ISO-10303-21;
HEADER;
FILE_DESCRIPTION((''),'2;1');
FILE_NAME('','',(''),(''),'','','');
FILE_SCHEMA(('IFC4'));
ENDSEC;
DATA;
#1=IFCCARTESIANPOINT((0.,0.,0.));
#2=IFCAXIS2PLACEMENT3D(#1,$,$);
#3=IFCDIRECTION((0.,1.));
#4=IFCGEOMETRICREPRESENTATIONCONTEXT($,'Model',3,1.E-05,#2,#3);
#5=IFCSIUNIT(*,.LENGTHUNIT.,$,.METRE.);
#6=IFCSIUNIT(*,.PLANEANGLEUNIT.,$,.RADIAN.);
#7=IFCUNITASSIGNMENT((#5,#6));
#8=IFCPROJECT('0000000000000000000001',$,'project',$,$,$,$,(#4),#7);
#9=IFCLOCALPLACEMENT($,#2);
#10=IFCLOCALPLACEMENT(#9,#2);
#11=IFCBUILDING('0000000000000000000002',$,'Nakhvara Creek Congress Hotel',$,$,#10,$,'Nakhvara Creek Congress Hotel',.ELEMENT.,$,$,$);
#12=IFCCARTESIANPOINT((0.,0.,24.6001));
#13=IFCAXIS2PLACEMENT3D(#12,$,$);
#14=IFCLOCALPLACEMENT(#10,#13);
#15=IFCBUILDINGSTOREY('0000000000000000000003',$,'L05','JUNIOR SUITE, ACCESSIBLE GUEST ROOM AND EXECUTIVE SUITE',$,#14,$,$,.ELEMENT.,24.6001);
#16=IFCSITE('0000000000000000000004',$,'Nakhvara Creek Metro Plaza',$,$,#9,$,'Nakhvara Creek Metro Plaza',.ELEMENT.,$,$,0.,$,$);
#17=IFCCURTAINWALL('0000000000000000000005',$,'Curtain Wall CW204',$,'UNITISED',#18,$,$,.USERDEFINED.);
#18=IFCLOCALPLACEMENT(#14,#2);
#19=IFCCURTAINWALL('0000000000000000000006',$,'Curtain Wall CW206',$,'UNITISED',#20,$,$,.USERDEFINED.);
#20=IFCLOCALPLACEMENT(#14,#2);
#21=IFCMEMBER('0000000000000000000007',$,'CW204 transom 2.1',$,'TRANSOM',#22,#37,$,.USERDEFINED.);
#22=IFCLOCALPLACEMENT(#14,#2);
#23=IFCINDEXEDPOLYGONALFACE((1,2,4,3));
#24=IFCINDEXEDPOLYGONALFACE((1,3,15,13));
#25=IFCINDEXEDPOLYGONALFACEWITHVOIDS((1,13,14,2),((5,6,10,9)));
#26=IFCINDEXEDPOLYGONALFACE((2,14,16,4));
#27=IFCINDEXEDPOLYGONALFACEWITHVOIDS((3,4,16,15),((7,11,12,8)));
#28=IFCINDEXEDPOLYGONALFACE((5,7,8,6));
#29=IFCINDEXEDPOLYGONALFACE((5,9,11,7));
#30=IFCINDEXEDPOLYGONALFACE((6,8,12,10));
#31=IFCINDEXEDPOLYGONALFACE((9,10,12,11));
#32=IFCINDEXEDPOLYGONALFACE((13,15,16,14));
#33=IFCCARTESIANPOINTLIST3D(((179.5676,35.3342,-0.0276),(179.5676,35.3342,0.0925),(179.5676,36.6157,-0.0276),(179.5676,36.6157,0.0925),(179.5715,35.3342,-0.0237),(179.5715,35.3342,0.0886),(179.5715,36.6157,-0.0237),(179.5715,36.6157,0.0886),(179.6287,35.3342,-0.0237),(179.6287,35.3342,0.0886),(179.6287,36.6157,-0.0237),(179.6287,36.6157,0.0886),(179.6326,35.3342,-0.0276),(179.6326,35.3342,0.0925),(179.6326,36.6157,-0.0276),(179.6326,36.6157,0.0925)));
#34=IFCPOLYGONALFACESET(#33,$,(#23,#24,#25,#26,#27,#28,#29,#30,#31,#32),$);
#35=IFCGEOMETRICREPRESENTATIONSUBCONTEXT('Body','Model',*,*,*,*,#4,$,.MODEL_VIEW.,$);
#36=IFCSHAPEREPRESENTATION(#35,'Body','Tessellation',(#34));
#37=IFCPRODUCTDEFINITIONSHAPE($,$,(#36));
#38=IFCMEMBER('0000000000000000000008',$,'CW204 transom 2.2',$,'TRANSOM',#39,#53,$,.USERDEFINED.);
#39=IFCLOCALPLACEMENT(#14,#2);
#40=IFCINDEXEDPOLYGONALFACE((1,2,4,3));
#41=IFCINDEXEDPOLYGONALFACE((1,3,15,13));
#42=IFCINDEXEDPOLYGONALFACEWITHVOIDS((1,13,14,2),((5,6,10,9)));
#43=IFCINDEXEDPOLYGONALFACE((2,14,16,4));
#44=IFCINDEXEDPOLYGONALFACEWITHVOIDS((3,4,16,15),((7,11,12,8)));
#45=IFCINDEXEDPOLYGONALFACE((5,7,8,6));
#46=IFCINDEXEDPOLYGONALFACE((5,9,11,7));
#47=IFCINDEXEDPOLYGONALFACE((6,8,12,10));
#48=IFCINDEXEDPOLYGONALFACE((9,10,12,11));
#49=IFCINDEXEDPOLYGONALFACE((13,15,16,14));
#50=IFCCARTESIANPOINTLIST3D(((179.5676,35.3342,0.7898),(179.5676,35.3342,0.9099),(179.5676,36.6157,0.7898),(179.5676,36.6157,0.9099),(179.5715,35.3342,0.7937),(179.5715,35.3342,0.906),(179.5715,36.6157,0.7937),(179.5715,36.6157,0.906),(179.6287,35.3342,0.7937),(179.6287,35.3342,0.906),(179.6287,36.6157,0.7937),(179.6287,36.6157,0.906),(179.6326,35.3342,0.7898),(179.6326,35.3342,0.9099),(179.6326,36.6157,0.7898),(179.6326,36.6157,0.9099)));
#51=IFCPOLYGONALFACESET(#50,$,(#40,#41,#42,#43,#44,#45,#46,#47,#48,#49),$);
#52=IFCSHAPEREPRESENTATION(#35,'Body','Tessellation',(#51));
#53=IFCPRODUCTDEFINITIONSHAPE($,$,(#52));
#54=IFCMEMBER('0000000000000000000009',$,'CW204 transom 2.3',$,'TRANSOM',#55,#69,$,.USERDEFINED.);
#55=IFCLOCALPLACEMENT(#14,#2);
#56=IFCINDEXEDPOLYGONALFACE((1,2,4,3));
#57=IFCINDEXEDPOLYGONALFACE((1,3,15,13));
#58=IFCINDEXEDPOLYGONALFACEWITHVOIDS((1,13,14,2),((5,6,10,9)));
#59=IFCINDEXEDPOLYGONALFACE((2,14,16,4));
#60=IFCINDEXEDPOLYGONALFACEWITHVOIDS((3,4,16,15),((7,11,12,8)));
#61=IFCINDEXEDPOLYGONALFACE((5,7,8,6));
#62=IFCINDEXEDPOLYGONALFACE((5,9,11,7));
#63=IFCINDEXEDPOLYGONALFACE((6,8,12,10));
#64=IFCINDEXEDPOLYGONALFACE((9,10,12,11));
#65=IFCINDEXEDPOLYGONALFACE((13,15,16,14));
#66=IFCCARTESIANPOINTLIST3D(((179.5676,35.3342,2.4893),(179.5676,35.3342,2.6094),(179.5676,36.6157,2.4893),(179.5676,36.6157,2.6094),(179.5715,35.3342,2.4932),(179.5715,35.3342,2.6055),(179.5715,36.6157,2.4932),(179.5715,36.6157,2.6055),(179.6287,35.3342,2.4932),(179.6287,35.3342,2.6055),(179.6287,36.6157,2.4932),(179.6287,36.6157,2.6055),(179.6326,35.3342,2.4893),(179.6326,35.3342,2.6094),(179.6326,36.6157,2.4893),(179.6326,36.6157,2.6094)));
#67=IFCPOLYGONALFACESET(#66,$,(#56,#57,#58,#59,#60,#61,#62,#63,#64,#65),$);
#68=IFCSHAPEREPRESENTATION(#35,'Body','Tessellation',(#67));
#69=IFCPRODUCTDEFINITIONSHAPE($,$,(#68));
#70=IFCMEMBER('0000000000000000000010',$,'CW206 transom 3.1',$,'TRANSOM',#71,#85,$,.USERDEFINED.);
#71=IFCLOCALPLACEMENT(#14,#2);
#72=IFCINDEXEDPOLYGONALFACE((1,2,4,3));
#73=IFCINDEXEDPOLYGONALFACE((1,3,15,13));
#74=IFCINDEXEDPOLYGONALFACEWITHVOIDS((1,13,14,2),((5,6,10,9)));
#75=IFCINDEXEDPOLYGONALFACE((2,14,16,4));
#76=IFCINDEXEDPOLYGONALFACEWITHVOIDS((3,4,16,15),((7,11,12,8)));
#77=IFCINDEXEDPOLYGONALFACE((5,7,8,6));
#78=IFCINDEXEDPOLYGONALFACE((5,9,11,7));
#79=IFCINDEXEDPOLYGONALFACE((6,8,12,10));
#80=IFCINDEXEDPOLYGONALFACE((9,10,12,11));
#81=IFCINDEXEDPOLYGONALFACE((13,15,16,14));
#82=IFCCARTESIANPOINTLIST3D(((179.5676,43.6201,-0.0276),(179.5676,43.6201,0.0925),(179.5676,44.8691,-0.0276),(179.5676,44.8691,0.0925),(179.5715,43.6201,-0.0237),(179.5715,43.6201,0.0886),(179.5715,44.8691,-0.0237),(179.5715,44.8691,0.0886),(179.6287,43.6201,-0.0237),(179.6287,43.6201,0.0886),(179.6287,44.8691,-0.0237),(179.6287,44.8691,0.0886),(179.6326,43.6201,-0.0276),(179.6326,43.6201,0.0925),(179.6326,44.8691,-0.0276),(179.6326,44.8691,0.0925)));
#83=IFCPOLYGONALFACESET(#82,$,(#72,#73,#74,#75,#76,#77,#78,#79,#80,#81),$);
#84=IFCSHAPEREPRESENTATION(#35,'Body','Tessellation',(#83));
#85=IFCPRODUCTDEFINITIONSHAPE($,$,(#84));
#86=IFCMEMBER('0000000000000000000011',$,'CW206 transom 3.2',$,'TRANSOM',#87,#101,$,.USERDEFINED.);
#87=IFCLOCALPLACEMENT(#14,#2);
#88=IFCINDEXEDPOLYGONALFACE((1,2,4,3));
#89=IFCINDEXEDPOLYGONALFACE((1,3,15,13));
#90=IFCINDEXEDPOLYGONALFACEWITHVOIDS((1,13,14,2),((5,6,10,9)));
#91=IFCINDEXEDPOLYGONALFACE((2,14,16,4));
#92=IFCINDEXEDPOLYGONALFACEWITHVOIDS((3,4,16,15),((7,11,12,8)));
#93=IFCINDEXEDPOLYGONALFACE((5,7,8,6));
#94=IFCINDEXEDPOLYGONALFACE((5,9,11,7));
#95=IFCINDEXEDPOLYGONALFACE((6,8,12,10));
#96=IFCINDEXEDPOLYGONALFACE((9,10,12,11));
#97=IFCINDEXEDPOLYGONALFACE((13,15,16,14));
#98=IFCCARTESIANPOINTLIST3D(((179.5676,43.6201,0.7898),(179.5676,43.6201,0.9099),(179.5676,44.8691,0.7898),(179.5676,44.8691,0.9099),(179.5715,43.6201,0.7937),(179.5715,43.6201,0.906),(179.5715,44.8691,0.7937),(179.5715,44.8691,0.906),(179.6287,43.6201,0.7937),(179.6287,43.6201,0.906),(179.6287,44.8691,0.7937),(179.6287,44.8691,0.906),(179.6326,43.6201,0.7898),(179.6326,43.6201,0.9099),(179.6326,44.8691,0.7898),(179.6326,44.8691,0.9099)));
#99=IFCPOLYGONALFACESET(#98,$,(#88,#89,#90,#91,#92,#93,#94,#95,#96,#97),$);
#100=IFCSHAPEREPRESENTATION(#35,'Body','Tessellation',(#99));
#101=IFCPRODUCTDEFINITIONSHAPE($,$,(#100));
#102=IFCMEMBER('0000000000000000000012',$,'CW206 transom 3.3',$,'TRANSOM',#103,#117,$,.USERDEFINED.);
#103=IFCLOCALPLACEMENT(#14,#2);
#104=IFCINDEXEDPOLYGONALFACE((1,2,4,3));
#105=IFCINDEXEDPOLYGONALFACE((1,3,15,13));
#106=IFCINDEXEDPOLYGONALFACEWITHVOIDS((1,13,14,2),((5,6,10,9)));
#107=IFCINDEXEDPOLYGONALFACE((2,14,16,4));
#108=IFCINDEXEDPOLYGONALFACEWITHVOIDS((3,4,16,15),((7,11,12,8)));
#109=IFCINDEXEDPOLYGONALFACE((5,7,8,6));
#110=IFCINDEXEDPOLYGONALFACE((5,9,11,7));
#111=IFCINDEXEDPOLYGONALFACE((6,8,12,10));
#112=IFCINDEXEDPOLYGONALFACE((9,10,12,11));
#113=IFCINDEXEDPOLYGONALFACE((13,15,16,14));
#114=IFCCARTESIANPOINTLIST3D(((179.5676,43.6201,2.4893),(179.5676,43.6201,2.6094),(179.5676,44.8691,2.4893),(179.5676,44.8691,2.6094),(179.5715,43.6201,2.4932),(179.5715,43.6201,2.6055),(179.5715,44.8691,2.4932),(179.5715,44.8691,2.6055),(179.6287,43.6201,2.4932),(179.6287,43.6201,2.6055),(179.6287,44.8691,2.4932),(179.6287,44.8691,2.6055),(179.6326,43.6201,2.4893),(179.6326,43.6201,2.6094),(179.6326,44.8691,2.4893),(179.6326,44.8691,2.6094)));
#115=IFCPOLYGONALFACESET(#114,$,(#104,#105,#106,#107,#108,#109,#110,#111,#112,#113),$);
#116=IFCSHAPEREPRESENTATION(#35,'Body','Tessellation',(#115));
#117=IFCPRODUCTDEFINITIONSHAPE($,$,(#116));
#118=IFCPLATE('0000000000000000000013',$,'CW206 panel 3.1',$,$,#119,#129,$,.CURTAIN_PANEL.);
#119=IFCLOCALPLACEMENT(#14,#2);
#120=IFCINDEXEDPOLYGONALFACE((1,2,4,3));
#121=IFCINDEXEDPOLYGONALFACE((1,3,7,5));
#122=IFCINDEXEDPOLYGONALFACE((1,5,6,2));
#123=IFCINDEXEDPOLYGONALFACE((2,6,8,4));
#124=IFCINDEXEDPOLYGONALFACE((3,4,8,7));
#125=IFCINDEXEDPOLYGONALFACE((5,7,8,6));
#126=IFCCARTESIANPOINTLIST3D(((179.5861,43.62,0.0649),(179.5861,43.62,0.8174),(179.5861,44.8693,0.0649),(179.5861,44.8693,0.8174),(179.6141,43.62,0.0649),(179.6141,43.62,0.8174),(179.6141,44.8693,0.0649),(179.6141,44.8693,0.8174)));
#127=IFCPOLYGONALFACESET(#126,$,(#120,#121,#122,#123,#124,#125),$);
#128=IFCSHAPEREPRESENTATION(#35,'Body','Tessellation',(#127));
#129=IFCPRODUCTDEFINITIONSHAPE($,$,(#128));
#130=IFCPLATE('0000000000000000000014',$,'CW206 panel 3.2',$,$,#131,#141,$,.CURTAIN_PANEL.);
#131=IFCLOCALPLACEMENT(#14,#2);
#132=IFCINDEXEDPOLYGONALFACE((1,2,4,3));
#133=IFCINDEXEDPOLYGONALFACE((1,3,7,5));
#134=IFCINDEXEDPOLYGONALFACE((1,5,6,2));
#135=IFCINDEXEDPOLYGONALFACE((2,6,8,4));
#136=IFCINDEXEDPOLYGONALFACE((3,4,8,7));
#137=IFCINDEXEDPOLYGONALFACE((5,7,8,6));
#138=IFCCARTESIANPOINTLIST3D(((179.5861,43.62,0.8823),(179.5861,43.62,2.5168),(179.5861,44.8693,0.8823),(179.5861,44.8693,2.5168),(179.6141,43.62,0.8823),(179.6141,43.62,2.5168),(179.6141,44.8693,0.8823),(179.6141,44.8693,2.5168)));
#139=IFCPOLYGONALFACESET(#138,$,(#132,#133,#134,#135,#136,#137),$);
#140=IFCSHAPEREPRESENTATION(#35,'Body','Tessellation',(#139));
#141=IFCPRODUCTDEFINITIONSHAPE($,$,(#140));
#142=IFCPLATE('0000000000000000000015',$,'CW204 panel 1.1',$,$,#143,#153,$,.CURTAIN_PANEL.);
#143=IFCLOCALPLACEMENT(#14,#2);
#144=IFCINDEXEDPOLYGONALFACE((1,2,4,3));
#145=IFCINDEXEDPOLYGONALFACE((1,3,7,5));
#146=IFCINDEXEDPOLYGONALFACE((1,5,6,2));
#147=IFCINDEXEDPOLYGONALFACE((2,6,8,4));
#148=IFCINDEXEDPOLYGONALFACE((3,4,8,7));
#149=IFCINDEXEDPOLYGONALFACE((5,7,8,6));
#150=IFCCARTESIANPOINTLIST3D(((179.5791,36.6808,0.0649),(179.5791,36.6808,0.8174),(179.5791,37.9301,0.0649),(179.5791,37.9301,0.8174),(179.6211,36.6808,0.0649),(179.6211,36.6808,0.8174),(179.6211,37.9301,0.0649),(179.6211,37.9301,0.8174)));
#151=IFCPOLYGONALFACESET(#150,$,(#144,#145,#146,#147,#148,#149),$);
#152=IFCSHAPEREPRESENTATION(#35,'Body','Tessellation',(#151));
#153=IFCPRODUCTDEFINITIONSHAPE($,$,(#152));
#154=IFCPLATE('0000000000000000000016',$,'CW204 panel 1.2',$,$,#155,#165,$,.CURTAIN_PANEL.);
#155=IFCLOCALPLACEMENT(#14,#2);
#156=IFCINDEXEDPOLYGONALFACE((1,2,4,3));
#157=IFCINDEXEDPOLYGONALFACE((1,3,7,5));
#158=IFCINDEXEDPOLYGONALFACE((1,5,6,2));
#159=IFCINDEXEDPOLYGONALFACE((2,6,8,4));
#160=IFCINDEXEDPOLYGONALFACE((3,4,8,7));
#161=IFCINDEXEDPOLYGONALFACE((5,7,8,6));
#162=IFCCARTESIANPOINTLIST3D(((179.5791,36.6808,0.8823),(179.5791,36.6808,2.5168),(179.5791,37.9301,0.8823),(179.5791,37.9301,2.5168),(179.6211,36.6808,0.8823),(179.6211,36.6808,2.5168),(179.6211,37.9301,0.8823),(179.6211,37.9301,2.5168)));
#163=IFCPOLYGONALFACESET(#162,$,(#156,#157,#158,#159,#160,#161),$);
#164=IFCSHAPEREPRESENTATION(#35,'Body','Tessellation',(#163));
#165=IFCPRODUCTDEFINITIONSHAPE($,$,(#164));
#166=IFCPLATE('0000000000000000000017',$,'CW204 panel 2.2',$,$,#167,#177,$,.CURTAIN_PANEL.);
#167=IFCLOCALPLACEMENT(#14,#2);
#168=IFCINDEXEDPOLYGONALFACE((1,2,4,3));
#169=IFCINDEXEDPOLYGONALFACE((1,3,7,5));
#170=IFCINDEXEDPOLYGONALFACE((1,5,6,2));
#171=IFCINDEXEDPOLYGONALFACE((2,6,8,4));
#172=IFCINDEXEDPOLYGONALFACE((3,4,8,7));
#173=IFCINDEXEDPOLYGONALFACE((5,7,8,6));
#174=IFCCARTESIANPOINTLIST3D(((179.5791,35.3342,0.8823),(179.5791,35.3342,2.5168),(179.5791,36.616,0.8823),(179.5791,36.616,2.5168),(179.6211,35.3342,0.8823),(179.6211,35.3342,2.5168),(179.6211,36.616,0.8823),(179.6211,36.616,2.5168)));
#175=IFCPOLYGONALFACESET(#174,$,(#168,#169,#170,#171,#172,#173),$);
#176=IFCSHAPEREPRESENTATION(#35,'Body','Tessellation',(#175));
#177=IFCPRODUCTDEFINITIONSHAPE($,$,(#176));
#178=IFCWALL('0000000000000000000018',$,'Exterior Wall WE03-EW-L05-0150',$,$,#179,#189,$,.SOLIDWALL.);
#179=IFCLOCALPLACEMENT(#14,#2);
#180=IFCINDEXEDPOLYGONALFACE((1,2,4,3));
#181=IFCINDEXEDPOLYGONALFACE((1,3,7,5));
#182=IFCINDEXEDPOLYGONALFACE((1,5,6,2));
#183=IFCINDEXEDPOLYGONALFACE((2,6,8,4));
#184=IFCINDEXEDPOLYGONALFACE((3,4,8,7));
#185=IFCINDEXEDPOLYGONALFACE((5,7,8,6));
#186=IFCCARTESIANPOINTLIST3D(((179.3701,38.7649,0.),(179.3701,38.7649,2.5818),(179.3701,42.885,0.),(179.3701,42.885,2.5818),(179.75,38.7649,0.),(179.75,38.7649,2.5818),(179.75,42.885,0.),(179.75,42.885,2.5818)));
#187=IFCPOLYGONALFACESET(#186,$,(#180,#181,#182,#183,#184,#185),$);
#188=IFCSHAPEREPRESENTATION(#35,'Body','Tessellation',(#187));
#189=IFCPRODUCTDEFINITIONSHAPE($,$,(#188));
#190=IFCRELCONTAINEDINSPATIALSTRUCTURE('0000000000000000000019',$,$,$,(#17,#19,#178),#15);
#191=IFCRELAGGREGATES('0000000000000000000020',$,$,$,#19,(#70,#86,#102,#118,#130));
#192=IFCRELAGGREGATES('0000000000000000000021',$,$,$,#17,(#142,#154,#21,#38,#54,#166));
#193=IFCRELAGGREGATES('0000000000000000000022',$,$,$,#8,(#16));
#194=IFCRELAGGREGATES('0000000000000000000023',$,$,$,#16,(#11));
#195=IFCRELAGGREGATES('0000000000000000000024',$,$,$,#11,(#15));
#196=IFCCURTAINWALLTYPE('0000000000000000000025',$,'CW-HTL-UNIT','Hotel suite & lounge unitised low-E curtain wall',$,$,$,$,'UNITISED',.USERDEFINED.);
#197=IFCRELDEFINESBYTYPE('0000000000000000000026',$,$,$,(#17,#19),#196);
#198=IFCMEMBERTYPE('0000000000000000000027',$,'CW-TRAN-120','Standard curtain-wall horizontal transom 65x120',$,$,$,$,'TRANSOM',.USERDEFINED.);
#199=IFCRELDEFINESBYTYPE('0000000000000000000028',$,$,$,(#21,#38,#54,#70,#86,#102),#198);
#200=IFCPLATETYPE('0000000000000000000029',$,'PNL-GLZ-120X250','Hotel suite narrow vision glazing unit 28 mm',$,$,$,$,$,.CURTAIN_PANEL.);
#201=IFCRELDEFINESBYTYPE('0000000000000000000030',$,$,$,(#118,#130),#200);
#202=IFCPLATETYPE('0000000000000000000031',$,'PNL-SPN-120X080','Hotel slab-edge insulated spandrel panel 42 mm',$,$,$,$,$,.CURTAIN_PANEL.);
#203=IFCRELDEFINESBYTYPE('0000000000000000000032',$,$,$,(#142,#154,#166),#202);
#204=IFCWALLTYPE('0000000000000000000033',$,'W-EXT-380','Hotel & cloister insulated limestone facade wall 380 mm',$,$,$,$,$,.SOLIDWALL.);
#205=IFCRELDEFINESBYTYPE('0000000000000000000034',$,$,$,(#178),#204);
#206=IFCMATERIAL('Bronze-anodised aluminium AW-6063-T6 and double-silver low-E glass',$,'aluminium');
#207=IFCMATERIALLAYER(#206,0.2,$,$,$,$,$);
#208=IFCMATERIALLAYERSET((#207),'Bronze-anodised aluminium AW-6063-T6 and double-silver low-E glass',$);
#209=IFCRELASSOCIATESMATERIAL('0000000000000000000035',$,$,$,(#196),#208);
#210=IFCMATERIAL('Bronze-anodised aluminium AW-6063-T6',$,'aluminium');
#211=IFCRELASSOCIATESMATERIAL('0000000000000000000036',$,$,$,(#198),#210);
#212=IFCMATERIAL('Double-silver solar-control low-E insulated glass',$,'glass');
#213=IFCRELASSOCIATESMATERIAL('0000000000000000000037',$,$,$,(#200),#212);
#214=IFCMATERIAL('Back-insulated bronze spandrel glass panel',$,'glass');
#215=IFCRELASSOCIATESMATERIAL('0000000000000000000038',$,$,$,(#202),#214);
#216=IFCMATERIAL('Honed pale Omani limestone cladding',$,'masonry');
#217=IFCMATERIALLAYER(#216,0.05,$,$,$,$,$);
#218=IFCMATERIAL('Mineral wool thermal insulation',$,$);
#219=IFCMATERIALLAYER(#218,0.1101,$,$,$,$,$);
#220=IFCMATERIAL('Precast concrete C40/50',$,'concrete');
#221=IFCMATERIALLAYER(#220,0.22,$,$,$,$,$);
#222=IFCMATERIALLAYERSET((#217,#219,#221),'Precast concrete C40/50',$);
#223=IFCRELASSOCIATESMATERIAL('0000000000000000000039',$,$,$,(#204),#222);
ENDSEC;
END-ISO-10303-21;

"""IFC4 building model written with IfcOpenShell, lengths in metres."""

from ifc_helpers import new_model, si_unit, direction, frame, frame_2d, origin, origin_2d, place, context, subcontext, project, spatial, rectangle, hollow_rectangle, extrude, material, layer, layer_set, material_profile, profile_set, type_object, element, aggregate, save


model = new_model("IFC4")

# Units and contexts
model_context = context("Model", 3, precision=1e-05, world=origin(), true_north=direction((0.0, 1.0)))
body_context = subcontext(model_context, "Body", "Model", "MODEL_VIEW")
ifc_project = project(units=[si_unit("LENGTHUNIT", "METRE"), si_unit("PLANEANGLEUNIT", "RADIAN")], contexts=[model_context])

# Site, building, storey
site_placement = place(None, origin())
site = spatial("IfcSite", under=ifc_project, at=site_placement, Name="Nakhvara Creek Metro Plaza", LongName="Nakhvara Creek Metro Plaza", CompositionType="ELEMENT", RefElevation=0.0)
building_placement = place(site_placement, origin())
building = spatial("IfcBuilding", under=site, at=building_placement, Name="Nakhvara Creek Congress Hotel", LongName="Nakhvara Creek Congress Hotel", CompositionType="ELEMENT")
storey_placement = place(building_placement, frame((0.0, 0.0, 24.6001)))
storey = spatial("IfcBuildingStorey", under=building, at=storey_placement, Name="L05", Description="JUNIOR SUITE, ACCESSIBLE GUEST ROOM AND EXECUTIVE SUITE", CompositionType="ELEMENT", Elevation=24.6001)

# Curtain walls
ifc_material_1 = material(Name="Bronze-anodised aluminium AW-6063-T6 and double-silver low-E glass", Category="aluminium")
ifc_layer_1 = layer(ifc_material_1, 0.2)
ifc_layer_set_1 = layer_set([ifc_layer_1], Name="Bronze-anodised aluminium AW-6063-T6 and double-silver low-E glass")
curtain_wall_type = type_object("IfcCurtainWallType", Name="CW-HTL-UNIT", Description="Hotel suite & lounge unitised low-E curtain wall", ElementType="UNITISED", PredefinedType="USERDEFINED", material=ifc_layer_set_1)
curtain_wall_1_placement = place(storey_placement, origin())
curtain_wall_1 = element("IfcCurtainWall", 1, at=curtain_wall_1_placement, inside=storey, type_object=curtain_wall_type, Name="Curtain Wall CW204", ObjectType="UNITISED", PredefinedType="USERDEFINED")
ifc_material_2 = material(Name="Bronze-anodised aluminium AW-6063-T6", Category="aluminium")
curtain_wall_2_placement = place(storey_placement, origin())
curtain_wall_2 = element("IfcCurtainWall", 2, at=curtain_wall_2_placement, inside=storey, type_object=curtain_wall_type, Name="Curtain Wall CW206", ObjectType="UNITISED", PredefinedType="USERDEFINED")

# Members
ifc_material_profile_1 = material_profile(ifc_material_2, hollow_rectangle(XDim=0.0649, YDim=0.1201, WallThickness=0.0039, at=origin_2d()), Name="ALU-TRAN 65x120x4", Category="LoadBearing")
ifc_profile_set_1 = profile_set([ifc_material_profile_1], Name="Bronze-anodised aluminium AW-6063-T6")
member_type_1 = type_object("IfcMemberType", Name="CW-TRAN-120", Description="Standard curtain-wall horizontal transom 65x120", ElementType="TRANSOM", PredefinedType="USERDEFINED", material=ifc_profile_set_1)
member_1_placement = place(storey_placement, frame((179.6001, 36.6157, 0.0325), z_axis=(0.0, -1.0, 0.0), x_axis=(1.0, 0.0, 0.0)))
member_1 = element("IfcMember", 3, at=member_1_placement, type_object=member_type_1, Name="CW204 transom 2.1", ObjectType="TRANSOM", PredefinedType="USERDEFINED", context=body_context, shape_type="SweptSolid", body=[
    extrude(hollow_rectangle(XDim=0.0649, YDim=0.1201, WallThickness=0.0039, at=origin_2d()), origin(), (0.0, 0.0, 1.0), 1.2815),
])
member_2_placement = place(storey_placement, frame((179.6001, 36.6157, 0.8499), z_axis=(0.0, -1.0, 0.0), x_axis=(1.0, 0.0, 0.0)))
member_2 = element("IfcMember", 4, at=member_2_placement, type_object=member_type_1, Name="CW204 transom 2.2", ObjectType="TRANSOM", PredefinedType="USERDEFINED", context=body_context, shape_type="SweptSolid", body=[
    extrude(hollow_rectangle(XDim=0.0649, YDim=0.1201, WallThickness=0.0039, at=origin_2d()), origin(), (0.0, 0.0, 1.0), 1.2815),
])
member_3_placement = place(storey_placement, frame((179.6001, 36.6157, 2.5493), z_axis=(0.0, -1.0, 0.0), x_axis=(1.0, 0.0, 0.0)))
member_3 = element("IfcMember", 5, at=member_3_placement, type_object=member_type_1, Name="CW204 transom 2.3", ObjectType="TRANSOM", PredefinedType="USERDEFINED", context=body_context, shape_type="SweptSolid", body=[
    extrude(hollow_rectangle(XDim=0.0649, YDim=0.1201, WallThickness=0.0039, at=origin_2d()), origin(), (0.0, 0.0, 1.0), 1.2815),
])
member_4_placement = place(storey_placement, frame((179.6001, 44.8691, 0.0325), z_axis=(0.0, -1.0, 0.0), x_axis=(1.0, 0.0, 0.0)))
member_4 = element("IfcMember", 6, at=member_4_placement, type_object=member_type_1, Name="CW206 transom 3.1", ObjectType="TRANSOM", PredefinedType="USERDEFINED", context=body_context, shape_type="SweptSolid", body=[
    extrude(hollow_rectangle(XDim=0.0649, YDim=0.1201, WallThickness=0.0039, at=origin_2d()), origin(), (0.0, 0.0, 1.0), 1.249),
])
member_5_placement = place(storey_placement, frame((179.6001, 44.8691, 0.8499), z_axis=(0.0, -1.0, 0.0), x_axis=(1.0, 0.0, 0.0)))
member_5 = element("IfcMember", 7, at=member_5_placement, type_object=member_type_1, Name="CW206 transom 3.2", ObjectType="TRANSOM", PredefinedType="USERDEFINED", context=body_context, shape_type="SweptSolid", body=[
    extrude(hollow_rectangle(XDim=0.0649, YDim=0.1201, WallThickness=0.0039, at=origin_2d()), origin(), (0.0, 0.0, 1.0), 1.249),
])
member_6_placement = place(storey_placement, frame((179.6001, 44.8691, 2.5493), z_axis=(0.0, -1.0, 0.0), x_axis=(1.0, 0.0, 0.0)))
member_6 = element("IfcMember", 8, at=member_6_placement, type_object=member_type_1, Name="CW206 transom 3.3", ObjectType="TRANSOM", PredefinedType="USERDEFINED", context=body_context, shape_type="SweptSolid", body=[
    extrude(hollow_rectangle(XDim=0.0649, YDim=0.1201, WallThickness=0.0039, at=origin_2d()), origin(), (0.0, 0.0, 1.0), 1.249),
])

# Plates
ifc_material_3 = material(Name="Double-silver solar-control low-E insulated glass", Category="glass")
plate_type_1 = type_object("IfcPlateType", Name="PNL-GLZ-120X250", Description="Hotel suite narrow vision glazing unit 28 mm", PredefinedType="CURTAIN_PANEL", material=ifc_material_3)
plate_1_placement = place(storey_placement, frame((179.6001, 44.2446, 0.0649), z_axis=(0.0, 0.0, 1.0), x_axis=(0.0, -1.0, 0.0)))
plate_1 = element("IfcPlate", 9, at=plate_1_placement, type_object=plate_type_1, Name="CW206 panel 3.1", PredefinedType="CURTAIN_PANEL", context=body_context, shape_type="SweptSolid", body=[
    extrude(rectangle(XDim=1.2493, YDim=0.0281, at=origin_2d()), origin(), (0.0, 0.0, 1.0), 0.7524),
])
plate_2_placement = place(storey_placement, frame((179.6001, 44.2446, 0.8823), z_axis=(0.0, 0.0, 1.0), x_axis=(0.0, -1.0, 0.0)))
plate_2 = element("IfcPlate", 10, at=plate_2_placement, type_object=plate_type_1, Name="CW206 panel 3.2", PredefinedType="CURTAIN_PANEL", context=body_context, shape_type="SweptSolid", body=[
    extrude(rectangle(XDim=1.2493, YDim=0.0281, at=origin_2d()), origin(), (0.0, 0.0, 1.0), 1.6345),
])
aggregate(curtain_wall_2, [member_4, member_5, member_6, plate_1, plate_2])
ifc_material_4 = material(Name="Back-insulated bronze spandrel glass panel", Category="glass")
plate_type_2 = type_object("IfcPlateType", Name="PNL-SPN-120X080", Description="Hotel slab-edge insulated spandrel panel 42 mm", PredefinedType="CURTAIN_PANEL", material=ifc_material_4)
plate_3_placement = place(storey_placement, frame((179.6001, 37.3054, 0.0649), z_axis=(0.0, 0.0, 1.0), x_axis=(0.0, -1.0, 0.0)))
plate_3 = element("IfcPlate", 11, at=plate_3_placement, type_object=plate_type_2, Name="CW204 panel 1.1", PredefinedType="CURTAIN_PANEL", context=body_context, shape_type="SweptSolid", body=[
    extrude(rectangle(XDim=1.2493, YDim=0.042, at=origin_2d()), origin(), (0.0, 0.0, 1.0), 0.7524),
])
plate_4_placement = place(storey_placement, frame((179.6001, 37.3054, 0.8823), z_axis=(0.0, 0.0, 1.0), x_axis=(0.0, -1.0, 0.0)))
plate_4 = element("IfcPlate", 12, at=plate_4_placement, type_object=plate_type_2, Name="CW204 panel 1.2", PredefinedType="CURTAIN_PANEL", context=body_context, shape_type="SweptSolid", body=[
    extrude(rectangle(XDim=1.2493, YDim=0.042, at=origin_2d()), origin(), (0.0, 0.0, 1.0), 1.6345),
])
plate_5_placement = place(storey_placement, frame((179.6001, 35.9751, 0.8823), z_axis=(0.0, 0.0, 1.0), x_axis=(0.0, -1.0, 0.0)))
plate_5 = element("IfcPlate", 13, at=plate_5_placement, type_object=plate_type_2, Name="CW204 panel 2.2", PredefinedType="CURTAIN_PANEL", context=body_context, shape_type="SweptSolid", body=[
    extrude(rectangle(XDim=1.2817, YDim=0.042, at=origin_2d()), origin(), (0.0, 0.0, 1.0), 1.6345),
])
aggregate(curtain_wall_1, [plate_3, plate_4, member_1, member_2, member_3, plate_5])

# Wall
ifc_material_5 = material(Name="Honed pale Omani limestone cladding", Category="masonry")
ifc_layer_2 = layer(ifc_material_5, 0.05)
ifc_material_6 = material(Name="Mineral wool thermal insulation")
ifc_layer_3 = layer(ifc_material_6, 0.1101)
ifc_material_7 = material(Name="Precast concrete C40/50", Category="concrete")
ifc_layer_4 = layer(ifc_material_7, 0.22)
ifc_layer_set_2 = layer_set([ifc_layer_2, ifc_layer_3, ifc_layer_4], Name="Precast concrete C40/50")
wall_type = type_object("IfcWallType", Name="W-EXT-380", Description="Hotel & cloister insulated limestone facade wall 380 mm", PredefinedType="SOLIDWALL", material=ifc_layer_set_2)
wall_placement = place(storey_placement, frame((179.5601, 42.885, 0.0), z_axis=(0.0, 0.0, 1.0), x_axis=(0.0, -1.0, 0.0)))
element("IfcWall", 14, at=wall_placement, inside=storey, type_object=wall_type, Name="Exterior Wall WE03-EW-L05-0150", PredefinedType="SOLIDWALL", context=body_context, shape_type="SweptSolid", body=[
    extrude(rectangle(XDim=4.1201, YDim=0.3799, at=frame_2d((2.0601, 0.0))), origin(), (0.0, 0.0, 1.0), 2.5818),
])

save(model, "model.ifc")
